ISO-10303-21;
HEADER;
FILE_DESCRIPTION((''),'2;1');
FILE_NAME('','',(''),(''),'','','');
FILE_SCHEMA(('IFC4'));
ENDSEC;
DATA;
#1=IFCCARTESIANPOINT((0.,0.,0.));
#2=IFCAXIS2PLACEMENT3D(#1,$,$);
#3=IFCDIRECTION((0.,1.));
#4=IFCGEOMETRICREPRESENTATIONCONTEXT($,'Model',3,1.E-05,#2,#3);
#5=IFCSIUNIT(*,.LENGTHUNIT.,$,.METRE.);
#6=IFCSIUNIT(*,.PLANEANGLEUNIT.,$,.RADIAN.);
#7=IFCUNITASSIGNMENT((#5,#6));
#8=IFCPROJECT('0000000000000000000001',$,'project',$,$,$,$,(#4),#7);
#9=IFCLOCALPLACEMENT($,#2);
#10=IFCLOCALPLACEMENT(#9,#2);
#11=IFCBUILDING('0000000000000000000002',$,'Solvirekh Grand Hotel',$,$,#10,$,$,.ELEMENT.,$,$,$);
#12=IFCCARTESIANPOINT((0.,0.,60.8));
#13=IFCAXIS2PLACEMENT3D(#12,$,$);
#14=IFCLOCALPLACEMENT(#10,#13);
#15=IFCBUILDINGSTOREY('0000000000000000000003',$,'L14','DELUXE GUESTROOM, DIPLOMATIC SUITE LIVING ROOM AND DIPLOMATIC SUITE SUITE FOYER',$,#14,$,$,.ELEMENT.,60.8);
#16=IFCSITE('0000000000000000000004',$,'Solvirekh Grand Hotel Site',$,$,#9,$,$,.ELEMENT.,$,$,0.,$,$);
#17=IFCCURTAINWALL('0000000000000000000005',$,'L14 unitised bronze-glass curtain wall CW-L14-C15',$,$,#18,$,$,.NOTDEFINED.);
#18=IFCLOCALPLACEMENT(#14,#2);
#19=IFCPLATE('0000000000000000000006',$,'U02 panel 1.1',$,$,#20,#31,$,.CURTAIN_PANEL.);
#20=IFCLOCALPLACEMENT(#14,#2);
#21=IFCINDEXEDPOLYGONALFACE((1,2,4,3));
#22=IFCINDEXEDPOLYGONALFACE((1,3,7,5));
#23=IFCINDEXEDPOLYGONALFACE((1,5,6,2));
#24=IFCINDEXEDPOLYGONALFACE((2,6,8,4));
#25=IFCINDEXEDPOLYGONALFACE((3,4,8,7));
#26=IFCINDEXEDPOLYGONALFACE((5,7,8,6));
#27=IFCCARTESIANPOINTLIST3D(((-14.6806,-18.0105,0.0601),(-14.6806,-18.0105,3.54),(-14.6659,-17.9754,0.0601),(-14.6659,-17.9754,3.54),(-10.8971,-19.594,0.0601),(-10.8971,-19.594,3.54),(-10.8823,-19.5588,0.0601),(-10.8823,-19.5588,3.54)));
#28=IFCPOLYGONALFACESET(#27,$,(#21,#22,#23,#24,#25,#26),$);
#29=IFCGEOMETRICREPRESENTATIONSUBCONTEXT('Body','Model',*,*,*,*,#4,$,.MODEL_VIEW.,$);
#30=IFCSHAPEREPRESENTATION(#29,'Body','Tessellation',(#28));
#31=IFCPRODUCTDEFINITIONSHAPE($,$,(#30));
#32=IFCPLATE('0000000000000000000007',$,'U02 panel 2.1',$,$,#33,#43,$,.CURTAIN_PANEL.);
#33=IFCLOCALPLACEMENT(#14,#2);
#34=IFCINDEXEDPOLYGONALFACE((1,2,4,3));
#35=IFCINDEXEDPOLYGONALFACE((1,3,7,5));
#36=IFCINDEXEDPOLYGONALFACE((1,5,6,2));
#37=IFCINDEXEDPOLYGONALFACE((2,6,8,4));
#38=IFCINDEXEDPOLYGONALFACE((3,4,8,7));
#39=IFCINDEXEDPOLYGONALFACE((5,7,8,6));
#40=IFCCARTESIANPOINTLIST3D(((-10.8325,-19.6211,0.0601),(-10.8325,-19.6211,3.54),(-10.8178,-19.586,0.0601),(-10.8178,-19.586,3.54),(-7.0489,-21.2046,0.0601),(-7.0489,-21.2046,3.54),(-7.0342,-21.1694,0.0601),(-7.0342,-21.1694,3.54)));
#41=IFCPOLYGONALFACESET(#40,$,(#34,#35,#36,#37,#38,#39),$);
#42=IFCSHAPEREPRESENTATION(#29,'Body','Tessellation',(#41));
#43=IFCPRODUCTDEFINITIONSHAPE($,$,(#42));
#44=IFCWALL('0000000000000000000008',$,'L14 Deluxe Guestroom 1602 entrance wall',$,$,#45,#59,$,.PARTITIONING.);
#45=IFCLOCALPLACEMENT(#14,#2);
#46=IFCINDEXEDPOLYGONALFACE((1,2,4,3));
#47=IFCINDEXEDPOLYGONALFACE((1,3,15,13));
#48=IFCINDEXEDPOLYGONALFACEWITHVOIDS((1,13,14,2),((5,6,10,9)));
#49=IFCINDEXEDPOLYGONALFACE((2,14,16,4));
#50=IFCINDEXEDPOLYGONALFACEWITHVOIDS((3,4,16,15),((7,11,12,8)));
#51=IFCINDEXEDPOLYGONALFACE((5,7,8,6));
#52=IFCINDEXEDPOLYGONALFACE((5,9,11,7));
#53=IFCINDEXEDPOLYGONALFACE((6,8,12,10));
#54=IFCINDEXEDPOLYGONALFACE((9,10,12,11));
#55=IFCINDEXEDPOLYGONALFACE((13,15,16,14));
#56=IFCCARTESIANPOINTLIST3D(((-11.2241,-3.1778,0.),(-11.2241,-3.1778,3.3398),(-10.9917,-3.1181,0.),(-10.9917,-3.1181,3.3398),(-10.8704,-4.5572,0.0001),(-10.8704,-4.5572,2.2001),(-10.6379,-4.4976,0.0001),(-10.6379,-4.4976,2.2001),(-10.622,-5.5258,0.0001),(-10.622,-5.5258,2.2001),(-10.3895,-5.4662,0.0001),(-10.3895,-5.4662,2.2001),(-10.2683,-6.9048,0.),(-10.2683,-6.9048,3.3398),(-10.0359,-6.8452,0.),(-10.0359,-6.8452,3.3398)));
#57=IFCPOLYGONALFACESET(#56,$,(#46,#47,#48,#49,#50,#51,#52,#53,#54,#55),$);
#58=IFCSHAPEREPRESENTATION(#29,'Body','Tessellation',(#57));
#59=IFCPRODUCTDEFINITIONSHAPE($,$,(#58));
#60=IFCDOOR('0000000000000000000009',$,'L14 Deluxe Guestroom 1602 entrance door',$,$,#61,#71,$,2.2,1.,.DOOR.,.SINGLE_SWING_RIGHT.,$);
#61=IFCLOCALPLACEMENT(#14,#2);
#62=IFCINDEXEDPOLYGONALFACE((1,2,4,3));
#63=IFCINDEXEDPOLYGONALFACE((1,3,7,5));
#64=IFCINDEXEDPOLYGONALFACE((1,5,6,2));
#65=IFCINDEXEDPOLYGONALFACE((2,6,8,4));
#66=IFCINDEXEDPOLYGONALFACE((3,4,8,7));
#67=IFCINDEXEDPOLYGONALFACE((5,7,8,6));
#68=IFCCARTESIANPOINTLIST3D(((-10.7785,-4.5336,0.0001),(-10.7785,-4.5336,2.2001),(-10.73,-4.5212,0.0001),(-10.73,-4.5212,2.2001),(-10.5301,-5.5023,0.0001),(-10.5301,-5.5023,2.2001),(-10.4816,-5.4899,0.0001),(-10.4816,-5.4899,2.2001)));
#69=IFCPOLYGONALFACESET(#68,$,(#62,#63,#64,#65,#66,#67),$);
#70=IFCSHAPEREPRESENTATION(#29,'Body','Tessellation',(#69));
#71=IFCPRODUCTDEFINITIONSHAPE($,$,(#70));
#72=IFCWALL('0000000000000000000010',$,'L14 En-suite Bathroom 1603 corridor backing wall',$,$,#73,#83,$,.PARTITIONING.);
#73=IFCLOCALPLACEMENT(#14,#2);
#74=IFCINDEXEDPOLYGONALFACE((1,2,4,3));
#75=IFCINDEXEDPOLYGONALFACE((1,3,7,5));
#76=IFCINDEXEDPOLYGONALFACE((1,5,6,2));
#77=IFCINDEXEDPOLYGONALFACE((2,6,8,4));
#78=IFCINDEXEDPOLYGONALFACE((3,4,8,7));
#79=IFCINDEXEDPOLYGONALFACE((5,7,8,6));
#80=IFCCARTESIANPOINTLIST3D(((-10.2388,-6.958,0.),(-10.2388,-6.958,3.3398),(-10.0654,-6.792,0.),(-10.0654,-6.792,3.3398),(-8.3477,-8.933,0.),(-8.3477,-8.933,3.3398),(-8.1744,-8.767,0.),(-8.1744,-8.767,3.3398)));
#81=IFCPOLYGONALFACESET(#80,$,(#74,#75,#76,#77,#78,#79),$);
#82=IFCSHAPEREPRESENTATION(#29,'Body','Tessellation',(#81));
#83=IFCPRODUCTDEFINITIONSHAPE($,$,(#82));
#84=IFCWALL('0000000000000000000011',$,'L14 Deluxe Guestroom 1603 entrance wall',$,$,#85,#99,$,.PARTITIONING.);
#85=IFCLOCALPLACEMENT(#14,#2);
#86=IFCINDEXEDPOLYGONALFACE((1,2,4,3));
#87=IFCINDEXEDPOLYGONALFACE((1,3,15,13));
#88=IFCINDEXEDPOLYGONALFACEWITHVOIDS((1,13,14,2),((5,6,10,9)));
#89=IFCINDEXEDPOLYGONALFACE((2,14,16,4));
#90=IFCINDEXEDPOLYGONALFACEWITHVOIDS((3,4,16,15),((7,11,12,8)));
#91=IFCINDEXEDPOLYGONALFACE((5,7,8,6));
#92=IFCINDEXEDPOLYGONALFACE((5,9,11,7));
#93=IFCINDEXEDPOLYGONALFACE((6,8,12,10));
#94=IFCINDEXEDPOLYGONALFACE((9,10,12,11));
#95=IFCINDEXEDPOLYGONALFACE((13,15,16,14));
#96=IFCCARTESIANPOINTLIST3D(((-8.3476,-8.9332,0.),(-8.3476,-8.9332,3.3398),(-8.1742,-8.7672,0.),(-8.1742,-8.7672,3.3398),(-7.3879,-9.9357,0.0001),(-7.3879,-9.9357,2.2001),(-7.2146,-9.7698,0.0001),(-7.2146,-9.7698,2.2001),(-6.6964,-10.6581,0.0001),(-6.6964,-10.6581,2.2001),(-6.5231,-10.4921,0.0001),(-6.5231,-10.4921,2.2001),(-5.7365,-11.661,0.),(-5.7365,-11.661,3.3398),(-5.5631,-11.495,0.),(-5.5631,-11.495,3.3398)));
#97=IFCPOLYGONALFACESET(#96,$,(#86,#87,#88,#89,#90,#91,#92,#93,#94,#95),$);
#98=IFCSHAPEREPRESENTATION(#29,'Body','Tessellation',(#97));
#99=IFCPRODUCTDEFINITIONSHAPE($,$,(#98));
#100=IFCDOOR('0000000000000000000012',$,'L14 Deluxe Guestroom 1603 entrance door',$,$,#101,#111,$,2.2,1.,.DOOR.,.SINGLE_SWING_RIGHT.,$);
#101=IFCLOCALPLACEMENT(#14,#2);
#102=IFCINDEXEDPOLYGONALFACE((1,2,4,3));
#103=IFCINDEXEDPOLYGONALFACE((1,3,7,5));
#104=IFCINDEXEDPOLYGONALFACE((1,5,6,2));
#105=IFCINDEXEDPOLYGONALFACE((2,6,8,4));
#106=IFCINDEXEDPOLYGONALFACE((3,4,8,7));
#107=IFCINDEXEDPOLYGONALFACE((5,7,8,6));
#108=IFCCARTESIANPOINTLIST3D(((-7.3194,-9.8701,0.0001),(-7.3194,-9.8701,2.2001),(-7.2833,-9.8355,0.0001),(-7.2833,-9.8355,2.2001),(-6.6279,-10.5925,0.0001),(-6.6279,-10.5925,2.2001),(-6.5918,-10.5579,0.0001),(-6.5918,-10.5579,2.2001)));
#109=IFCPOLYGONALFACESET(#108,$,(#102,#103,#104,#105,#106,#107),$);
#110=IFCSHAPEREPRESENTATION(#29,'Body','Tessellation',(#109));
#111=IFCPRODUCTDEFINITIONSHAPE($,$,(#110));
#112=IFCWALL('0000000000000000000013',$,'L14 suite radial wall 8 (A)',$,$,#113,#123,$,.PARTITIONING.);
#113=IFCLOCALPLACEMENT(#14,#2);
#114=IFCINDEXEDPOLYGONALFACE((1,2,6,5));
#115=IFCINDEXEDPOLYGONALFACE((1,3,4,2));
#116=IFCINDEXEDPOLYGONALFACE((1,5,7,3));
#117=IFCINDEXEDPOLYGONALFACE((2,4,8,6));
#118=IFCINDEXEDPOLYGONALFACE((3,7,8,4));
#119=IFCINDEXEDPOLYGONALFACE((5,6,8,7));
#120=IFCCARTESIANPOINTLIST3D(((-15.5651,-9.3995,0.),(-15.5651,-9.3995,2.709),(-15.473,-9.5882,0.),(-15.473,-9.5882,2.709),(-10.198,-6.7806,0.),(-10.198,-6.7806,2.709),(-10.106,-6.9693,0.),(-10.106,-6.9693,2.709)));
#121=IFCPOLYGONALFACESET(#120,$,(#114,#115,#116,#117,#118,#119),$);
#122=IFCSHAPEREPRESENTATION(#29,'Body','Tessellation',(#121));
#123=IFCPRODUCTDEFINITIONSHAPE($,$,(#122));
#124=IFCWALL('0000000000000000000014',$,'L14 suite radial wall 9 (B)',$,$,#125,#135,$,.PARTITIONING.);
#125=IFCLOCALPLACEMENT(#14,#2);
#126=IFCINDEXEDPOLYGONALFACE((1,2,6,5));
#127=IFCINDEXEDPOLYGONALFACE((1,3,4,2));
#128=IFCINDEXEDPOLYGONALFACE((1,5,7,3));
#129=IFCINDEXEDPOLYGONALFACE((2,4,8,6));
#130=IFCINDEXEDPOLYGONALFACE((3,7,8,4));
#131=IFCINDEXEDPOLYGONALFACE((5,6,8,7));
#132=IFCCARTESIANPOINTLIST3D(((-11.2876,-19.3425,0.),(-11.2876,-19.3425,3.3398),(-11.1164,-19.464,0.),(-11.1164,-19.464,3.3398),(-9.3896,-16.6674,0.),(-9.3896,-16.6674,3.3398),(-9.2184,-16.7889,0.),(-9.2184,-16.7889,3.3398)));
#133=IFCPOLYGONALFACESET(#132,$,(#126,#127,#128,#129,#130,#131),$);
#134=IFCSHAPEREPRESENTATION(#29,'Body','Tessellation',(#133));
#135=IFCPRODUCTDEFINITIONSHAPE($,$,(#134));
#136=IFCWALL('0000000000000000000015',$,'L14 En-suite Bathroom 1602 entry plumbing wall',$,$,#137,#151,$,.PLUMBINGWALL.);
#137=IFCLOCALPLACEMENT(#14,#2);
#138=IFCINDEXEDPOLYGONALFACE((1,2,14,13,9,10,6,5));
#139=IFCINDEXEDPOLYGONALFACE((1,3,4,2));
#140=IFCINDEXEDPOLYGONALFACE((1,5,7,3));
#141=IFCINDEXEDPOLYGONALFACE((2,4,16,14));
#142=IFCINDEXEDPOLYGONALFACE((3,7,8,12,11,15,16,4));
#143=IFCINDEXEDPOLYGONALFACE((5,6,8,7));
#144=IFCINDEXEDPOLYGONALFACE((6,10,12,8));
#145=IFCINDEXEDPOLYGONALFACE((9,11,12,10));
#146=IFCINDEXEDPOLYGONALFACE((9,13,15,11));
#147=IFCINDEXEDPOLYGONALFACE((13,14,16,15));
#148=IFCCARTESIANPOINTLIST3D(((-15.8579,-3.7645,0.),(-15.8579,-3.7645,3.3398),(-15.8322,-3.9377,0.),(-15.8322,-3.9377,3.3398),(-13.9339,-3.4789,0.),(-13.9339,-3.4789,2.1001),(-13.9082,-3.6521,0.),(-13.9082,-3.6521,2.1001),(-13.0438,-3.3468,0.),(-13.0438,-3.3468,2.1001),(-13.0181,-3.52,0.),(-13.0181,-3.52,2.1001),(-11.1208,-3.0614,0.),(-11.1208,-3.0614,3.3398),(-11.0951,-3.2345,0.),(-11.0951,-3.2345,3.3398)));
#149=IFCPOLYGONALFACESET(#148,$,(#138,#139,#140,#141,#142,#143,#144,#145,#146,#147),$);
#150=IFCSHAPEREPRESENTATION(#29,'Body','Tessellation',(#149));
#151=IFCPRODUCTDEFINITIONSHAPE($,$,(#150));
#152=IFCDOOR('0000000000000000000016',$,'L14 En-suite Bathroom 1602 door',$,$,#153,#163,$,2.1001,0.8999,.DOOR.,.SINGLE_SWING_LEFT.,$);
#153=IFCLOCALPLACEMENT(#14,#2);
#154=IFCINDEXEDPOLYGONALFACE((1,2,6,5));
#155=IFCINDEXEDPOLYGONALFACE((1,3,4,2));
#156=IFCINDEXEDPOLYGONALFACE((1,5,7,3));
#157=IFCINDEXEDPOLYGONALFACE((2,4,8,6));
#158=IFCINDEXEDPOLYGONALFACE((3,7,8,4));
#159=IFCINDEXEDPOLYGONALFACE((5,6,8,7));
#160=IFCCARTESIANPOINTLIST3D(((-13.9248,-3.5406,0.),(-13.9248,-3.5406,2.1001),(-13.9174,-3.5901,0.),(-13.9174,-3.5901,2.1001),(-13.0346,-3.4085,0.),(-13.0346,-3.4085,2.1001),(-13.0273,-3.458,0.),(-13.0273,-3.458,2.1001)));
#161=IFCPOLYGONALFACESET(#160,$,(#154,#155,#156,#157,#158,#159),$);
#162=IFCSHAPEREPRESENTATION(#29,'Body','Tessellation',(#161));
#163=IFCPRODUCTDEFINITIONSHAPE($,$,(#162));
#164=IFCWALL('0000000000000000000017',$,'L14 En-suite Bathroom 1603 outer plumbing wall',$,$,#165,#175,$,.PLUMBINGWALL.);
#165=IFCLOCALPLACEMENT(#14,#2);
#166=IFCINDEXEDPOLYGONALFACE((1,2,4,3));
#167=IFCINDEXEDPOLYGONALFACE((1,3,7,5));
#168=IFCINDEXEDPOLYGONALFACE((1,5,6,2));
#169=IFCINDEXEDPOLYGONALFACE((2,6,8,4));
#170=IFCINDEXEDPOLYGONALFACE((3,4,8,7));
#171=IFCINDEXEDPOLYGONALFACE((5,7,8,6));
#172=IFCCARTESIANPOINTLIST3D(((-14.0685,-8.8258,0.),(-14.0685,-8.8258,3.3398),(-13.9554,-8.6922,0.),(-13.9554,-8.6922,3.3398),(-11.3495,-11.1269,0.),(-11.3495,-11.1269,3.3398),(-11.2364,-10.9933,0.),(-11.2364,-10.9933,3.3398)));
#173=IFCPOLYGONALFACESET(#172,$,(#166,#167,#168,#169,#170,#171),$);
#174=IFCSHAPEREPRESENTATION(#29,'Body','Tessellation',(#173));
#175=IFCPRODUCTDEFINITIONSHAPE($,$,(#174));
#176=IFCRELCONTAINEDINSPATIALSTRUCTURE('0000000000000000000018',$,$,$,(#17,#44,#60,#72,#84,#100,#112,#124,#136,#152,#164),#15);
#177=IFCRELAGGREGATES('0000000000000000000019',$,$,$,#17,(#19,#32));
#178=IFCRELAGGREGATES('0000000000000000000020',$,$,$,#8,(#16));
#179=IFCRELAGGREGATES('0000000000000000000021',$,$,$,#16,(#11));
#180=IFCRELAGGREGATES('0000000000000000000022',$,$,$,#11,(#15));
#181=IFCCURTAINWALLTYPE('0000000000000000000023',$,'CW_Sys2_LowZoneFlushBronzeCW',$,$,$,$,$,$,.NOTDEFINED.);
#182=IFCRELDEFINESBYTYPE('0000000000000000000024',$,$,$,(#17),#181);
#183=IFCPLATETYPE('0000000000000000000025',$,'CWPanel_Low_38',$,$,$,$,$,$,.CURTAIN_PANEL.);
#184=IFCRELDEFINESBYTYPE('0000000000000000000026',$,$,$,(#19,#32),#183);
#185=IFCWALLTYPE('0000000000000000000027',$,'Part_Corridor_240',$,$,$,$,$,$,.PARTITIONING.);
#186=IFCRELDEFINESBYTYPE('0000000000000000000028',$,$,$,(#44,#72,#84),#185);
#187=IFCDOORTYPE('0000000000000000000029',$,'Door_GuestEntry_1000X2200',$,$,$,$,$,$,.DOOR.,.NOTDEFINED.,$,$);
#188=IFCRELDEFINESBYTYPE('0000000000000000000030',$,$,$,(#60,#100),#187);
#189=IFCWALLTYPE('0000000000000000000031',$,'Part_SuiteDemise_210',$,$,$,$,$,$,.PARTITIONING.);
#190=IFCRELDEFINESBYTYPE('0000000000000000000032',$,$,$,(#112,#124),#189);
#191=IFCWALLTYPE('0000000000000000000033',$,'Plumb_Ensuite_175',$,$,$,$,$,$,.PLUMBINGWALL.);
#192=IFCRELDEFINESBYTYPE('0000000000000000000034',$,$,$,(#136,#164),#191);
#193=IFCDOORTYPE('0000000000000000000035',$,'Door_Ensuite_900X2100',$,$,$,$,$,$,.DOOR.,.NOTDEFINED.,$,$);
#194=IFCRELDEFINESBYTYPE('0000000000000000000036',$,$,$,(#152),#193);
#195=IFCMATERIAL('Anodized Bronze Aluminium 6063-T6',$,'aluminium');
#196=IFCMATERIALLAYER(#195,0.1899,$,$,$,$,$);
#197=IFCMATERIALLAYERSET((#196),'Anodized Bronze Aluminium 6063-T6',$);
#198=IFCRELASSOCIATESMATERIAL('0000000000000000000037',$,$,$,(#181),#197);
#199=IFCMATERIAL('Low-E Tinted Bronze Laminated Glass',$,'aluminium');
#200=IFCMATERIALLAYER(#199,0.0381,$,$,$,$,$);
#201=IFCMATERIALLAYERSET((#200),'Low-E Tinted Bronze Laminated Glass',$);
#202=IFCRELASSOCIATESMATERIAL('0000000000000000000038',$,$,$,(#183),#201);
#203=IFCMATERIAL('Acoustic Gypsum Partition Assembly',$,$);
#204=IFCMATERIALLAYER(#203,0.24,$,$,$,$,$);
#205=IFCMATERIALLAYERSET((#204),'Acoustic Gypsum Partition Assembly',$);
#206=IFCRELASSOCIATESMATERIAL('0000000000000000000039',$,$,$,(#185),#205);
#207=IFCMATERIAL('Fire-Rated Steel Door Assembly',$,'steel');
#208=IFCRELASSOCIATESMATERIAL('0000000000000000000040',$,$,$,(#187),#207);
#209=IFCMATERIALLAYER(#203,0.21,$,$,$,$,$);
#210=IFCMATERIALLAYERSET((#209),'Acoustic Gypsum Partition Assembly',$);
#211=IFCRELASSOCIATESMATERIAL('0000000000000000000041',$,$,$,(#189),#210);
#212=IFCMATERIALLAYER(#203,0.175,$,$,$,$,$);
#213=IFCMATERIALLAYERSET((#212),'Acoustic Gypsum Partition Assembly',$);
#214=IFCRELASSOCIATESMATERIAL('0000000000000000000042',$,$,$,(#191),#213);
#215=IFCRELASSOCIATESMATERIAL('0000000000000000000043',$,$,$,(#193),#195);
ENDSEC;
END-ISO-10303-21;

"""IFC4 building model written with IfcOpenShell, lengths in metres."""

from ifc_helpers import new_model, si_unit, direction, frame, frame_2d, origin, origin_2d, place, context, subcontext, project, spatial, rectangle, extrude, source, transform, mapped, material, layer, layer_set, type_object, element, fill, aggregate, save


model = new_model("IFC4")

# Units and contexts
model_context = context("Model", 3, precision=1e-05, world=origin(), true_north=direction((0.0, 1.0)))
body_context = subcontext(model_context, "Body", "Model", "MODEL_VIEW")
ifc_project = project(units=[si_unit("LENGTHUNIT", "METRE"), si_unit("PLANEANGLEUNIT", "RADIAN")], contexts=[model_context])

# Site, building, storey
site_placement = place(None, origin())
site = spatial("IfcSite", under=ifc_project, at=site_placement, Name="Solvirekh Grand Hotel Site", CompositionType="ELEMENT", RefElevation=0.0)
building_placement = place(site_placement, origin())
building = spatial("IfcBuilding", under=site, at=building_placement, Name="Solvirekh Grand Hotel", CompositionType="ELEMENT")
storey_placement = place(building_placement, frame((0.0, 0.0, 60.8)))
storey = spatial("IfcBuildingStorey", under=building, at=storey_placement, Name="L14", Description="DELUXE GUESTROOM, DIPLOMATIC SUITE LIVING ROOM AND DIPLOMATIC SUITE SUITE FOYER", CompositionType="ELEMENT", Elevation=60.8)

# Curtain wall, plates
ifc_material_1 = material(Name="Anodized Bronze Aluminium 6063-T6", Category="aluminium")
ifc_layer_1 = layer(ifc_material_1, 0.1899)
ifc_layer_set_1 = layer_set([ifc_layer_1], Name="Anodized Bronze Aluminium 6063-T6")
curtain_wall_type = type_object("IfcCurtainWallType", Name="CW_Sys2_LowZoneFlushBronzeCW", PredefinedType="NOTDEFINED", material=ifc_layer_set_1)
curtain_wall_placement = place(storey_placement, origin())
curtain_wall = element("IfcCurtainWall", 1, at=curtain_wall_placement, inside=storey, type_object=curtain_wall_type, Name="L14 unitised bronze-glass curtain wall CW-L14-C15", PredefinedType="NOTDEFINED")
ifc_material_2 = material(Name="Low-E Tinted Bronze Laminated Glass", Category="aluminium")
ifc_layer_2 = layer(ifc_material_2, 0.0381)
ifc_layer_set_2 = layer_set([ifc_layer_2], Name="Low-E Tinted Bronze Laminated Glass")
plate_type = type_object("IfcPlateType", Name="CWPanel_Low_38", PredefinedType="CURTAIN_PANEL", material=ifc_layer_set_2)
shared_shape_1 = source(origin(), body_context, "Body", "SweptSolid", [
    extrude(rectangle(XDim=4.1016, YDim=0.0381, at=origin_2d()), origin(), (0.0, 0.0, 1.0), 3.48),
])
plate_1_placement = place(storey_placement, frame((-12.7815, -18.7847, 0.0601), z_axis=(0.0, 0.0, 1.0), x_axis=(0.922474, -0.386058, 0.0)))
plate_1 = element("IfcPlate", 2, at=plate_1_placement, type_object=plate_type, Name="U02 panel 1.1", PredefinedType="CURTAIN_PANEL", context=body_context, shape_type="MappedRepresentation", body=[
    mapped(shared_shape_1, transform((0.0, 0.0, 0.0), x_axis=(1.0, 0.0, 0.0), y_axis=(0.0, 1.0, 0.0), z_axis=(0.0, 0.0, 1.0), scale=1.0)),
])
plate_2_placement = place(storey_placement, frame((-8.9333, -20.3953, 0.0601), z_axis=(0.0, 0.0, 1.0), x_axis=(0.922474, -0.386058, 0.0)))
plate_2 = element("IfcPlate", 3, at=plate_2_placement, type_object=plate_type, Name="U02 panel 2.1", PredefinedType="CURTAIN_PANEL", context=body_context, shape_type="MappedRepresentation", body=[
    mapped(shared_shape_1, transform((0.0, 0.0, 0.0), x_axis=(1.0, 0.0, 0.0), y_axis=(0.0, 1.0, 0.0), z_axis=(0.0, 0.0, 1.0), scale=1.0)),
])
aggregate(curtain_wall, [plate_1, plate_2])

# Wall, opening, door
ifc_material_3 = material(Name="Acoustic Gypsum Partition Assembly")
ifc_layer_3 = layer(ifc_material_3, 0.24)
ifc_layer_set_3 = layer_set([ifc_layer_3], Name="Acoustic Gypsum Partition Assembly")
wall_type_1 = type_object("IfcWallType", Name="Part_Corridor_240", PredefinedType="PARTITIONING", material=ifc_layer_set_3)
wall_1_placement = place(storey_placement, frame((-11.1079, -3.1479, 0.0), z_axis=(0.0, 0.0, 1.0), x_axis=(0.248414, -0.968654, 0.0)))
wall_1 = element("IfcWall", 4, at=wall_1_placement, inside=storey, type_object=wall_type_1, Name="L14 Deluxe Guestroom 1602 entrance wall", PredefinedType="PARTITIONING", context=body_context, shape_type="SweptSolid", body=[
    extrude(rectangle(XDim=3.8477, YDim=0.24, at=frame_2d((1.9238, 0.0))), origin(), (0.0, 0.0, 1.0), 3.3398),
])
opening_1_placement = place(wall_1_placement, frame((1.4241, 0.0, 0.0)))
opening_1 = element("IfcOpeningElement", 5, at=opening_1_placement, cuts=wall_1, PredefinedType="OPENING", context=body_context, shape_type="SweptSolid", body=[
    extrude(rectangle(XDim=1.0, YDim=2.2, at=frame_2d((0.5, 1.1001))), frame((0.0, 0.1299, 0.0), z_axis=(0.0, -1.0, 0.0), x_axis=(1.0, 0.0, 0.0)), (0.0, 0.0, 1.0), 0.26),
])
ifc_material_4 = material(Name="Fire-Rated Steel Door Assembly", Category="steel")
door_type_1 = type_object("IfcDoorType", Name="Door_GuestEntry_1000X2200", OperationType="NOTDEFINED", PredefinedType="DOOR", material=ifc_material_4)
door_1_placement = place(opening_1_placement, origin())
door_1 = element("IfcDoor", 6, at=door_1_placement, inside=storey, type_object=door_type_1, Name="L14 Deluxe Guestroom 1602 entrance door", OperationType="SINGLE_SWING_RIGHT", OverallHeight=2.2, OverallWidth=1.0, PredefinedType="DOOR", context=body_context, shape_type="SweptSolid", body=[
    extrude(rectangle(XDim=1.0, YDim=2.2, at=frame_2d((0.5, 1.1001))), frame((0.0, 0.0249, 0.0), z_axis=(0.0, -1.0, 0.0), x_axis=(1.0, 0.0, 0.0)), (0.0, 0.0, 1.0), 0.05),
])
fill(opening_1, door_1)

# Wall
wall_2_placement = place(storey_placement, frame((-10.1521, -6.875, 0.0), z_axis=(0.0, 0.0, 1.0), x_axis=(0.691583, -0.722297, 0.0)))
element("IfcWall", 7, at=wall_2_placement, inside=storey, type_object=wall_type_1, Name="L14 En-suite Bathroom 1603 corridor backing wall", PredefinedType="PARTITIONING", context=body_context, shape_type="SweptSolid", body=[
    extrude(rectangle(XDim=2.7344, YDim=0.24, at=frame_2d((1.3672, 0.0))), origin(), (0.0, 0.0, 1.0), 3.3398),
])

# Wall, opening, door
wall_3_placement = place(storey_placement, frame((-8.261, -8.8501, 0.0), z_axis=(0.0, 0.0, 1.0), x_axis=(0.691485, -0.72239, 0.0)))
wall_3 = element("IfcWall", 8, at=wall_3_placement, inside=storey, type_object=wall_type_1, Name="L14 Deluxe Guestroom 1603 entrance wall", PredefinedType="PARTITIONING", context=body_context, shape_type="SweptSolid", body=[
    extrude(rectangle(XDim=3.7761, YDim=0.24, at=frame_2d((1.8882, 0.0))), origin(), (0.0, 0.0, 1.0), 3.3398),
])
opening_2_placement = place(wall_3_placement, frame((1.3879, 0.0, 0.0)))
opening_2 = element("IfcOpeningElement", 9, at=opening_2_placement, cuts=wall_3, PredefinedType="OPENING", context=body_context, shape_type="SweptSolid", body=[
    extrude(rectangle(XDim=1.0, YDim=2.2, at=frame_2d((0.5, 1.1001))), frame((0.0, 0.1299, 0.0), z_axis=(0.0, -1.0, 0.0), x_axis=(1.0, 0.0, 0.0)), (0.0, 0.0, 1.0), 0.26),
])
door_2_placement = place(opening_2_placement, origin())
door_2 = element("IfcDoor", 10, at=door_2_placement, inside=storey, type_object=door_type_1, Name="L14 Deluxe Guestroom 1603 entrance door", OperationType="SINGLE_SWING_RIGHT", OverallHeight=2.2, OverallWidth=1.0, PredefinedType="DOOR", context=body_context, shape_type="SweptSolid", body=[
    extrude(rectangle(XDim=1.0, YDim=2.2, at=frame_2d((0.5, 1.1001))), frame((0.0, 0.0249, 0.0), z_axis=(0.0, -1.0, 0.0), x_axis=(1.0, 0.0, 0.0)), (0.0, 0.0, 1.0), 0.05),
])
fill(opening_2, door_2)

# Walls
ifc_layer_4 = layer(ifc_material_3, 0.21)
ifc_layer_set_4 = layer_set([ifc_layer_4], Name="Acoustic Gypsum Partition Assembly")
wall_type_2 = type_object("IfcWallType", Name="Part_SuiteDemise_210", PredefinedType="PARTITIONING", material=ifc_layer_set_4)
wall_4_placement = place(storey_placement, frame((-10.1521, -6.875, 0.0), z_axis=(0.0, 0.0, 1.0), x_axis=(-0.898711, -0.438542, 0.0)))
element("IfcWall", 11, at=wall_4_placement, inside=storey, type_object=wall_type_2, Name="L14 suite radial wall 8 (A)", PredefinedType="PARTITIONING", context=body_context, shape_type="SweptSolid", body=[
    extrude(rectangle(XDim=5.9719, YDim=0.21, at=frame_2d((2.9858, 0.0))), origin(), (0.0, 0.0, 1.0), 2.709),
])
wall_5_placement = place(storey_placement, frame((-9.304, -16.728, 0.0), z_axis=(0.0, 0.0, 1.0), x_axis=(-0.578651, -0.815575, 0.0)))
element("IfcWall", 12, at=wall_5_placement, inside=storey, type_object=wall_type_2, Name="L14 suite radial wall 9 (B)", PredefinedType="PARTITIONING", context=body_context, shape_type="SweptSolid", body=[
    extrude(rectangle(XDim=3.28, YDim=0.21, at=frame_2d((1.6401, 0.0))), origin(), (0.0, 0.0, 1.0), 3.3398),
])

# Wall, opening, door
ifc_layer_5 = layer(ifc_material_3, 0.175)
ifc_layer_set_5 = layer_set([ifc_layer_5], Name="Acoustic Gypsum Partition Assembly")
wall_type_3 = type_object("IfcWallType", Name="Plumb_Ensuite_175", PredefinedType="PLUMBINGWALL", material=ifc_layer_set_5)
wall_6_placement = place(storey_placement, frame((-11.1079, -3.1479, 0.0), z_axis=(0.0, 0.0, 1.0), x_axis=(-0.989163, -0.146822, 0.0)))
wall_6 = element("IfcWall", 13, at=wall_6_placement, inside=storey, type_object=wall_type_3, Name="L14 En-suite Bathroom 1602 entry plumbing wall", PredefinedType="PLUMBINGWALL", context=body_context, shape_type="SweptSolid", body=[
    extrude(rectangle(XDim=4.7891, YDim=0.175, at=frame_2d((2.3945, 0.0))), origin(), (0.0, 0.0, 1.0), 3.3398),
])
opening_3_placement = place(wall_6_placement, frame((1.9441, 0.0, 0.0)))
opening_3 = element("IfcOpeningElement", 14, at=opening_3_placement, cuts=wall_6, PredefinedType="OPENING", context=body_context, shape_type="SweptSolid", body=[
    extrude(rectangle(XDim=0.8999, YDim=2.1001, at=frame_2d((0.45, 1.05))), frame((0.0, 0.0977, 0.0), z_axis=(0.0, -1.0, 0.0), x_axis=(1.0, 0.0, 0.0)), (0.0, 0.0, 1.0), 0.1951),
])
door_type_2 = type_object("IfcDoorType", Name="Door_Ensuite_900X2100", OperationType="NOTDEFINED", PredefinedType="DOOR", material=ifc_material_1)
door_3_placement = place(opening_3_placement, origin())
door_3 = element("IfcDoor", 15, at=door_3_placement, inside=storey, type_object=door_type_2, Name="L14 En-suite Bathroom 1602 door", OperationType="SINGLE_SWING_LEFT", OverallHeight=2.1001, OverallWidth=0.8999, PredefinedType="DOOR", context=body_context, shape_type="SweptSolid", body=[
    extrude(rectangle(XDim=0.8999, YDim=2.1001, at=frame_2d((0.45, 1.05))), frame((0.0, 0.0249, 0.0), z_axis=(0.0, -1.0, 0.0), x_axis=(1.0, 0.0, 0.0)), (0.0, 0.0, 1.0), 0.05),
])
fill(opening_3, door_3)

# Wall
wall_7_placement = place(storey_placement, frame((-14.012, -8.759, 0.0), z_axis=(0.0, 0.0, 1.0), x_axis=(0.763339, -0.645998, 0.0)))
element("IfcWall", 16, at=wall_7_placement, inside=storey, type_object=wall_type_3, Name="L14 En-suite Bathroom 1603 outer plumbing wall", PredefinedType="PLUMBINGWALL", context=body_context, shape_type="SweptSolid", body=[
    extrude(rectangle(XDim=3.562, YDim=0.175, at=frame_2d((1.781, 0.0))), origin(), (0.0, 0.0, 1.0), 3.3398),
])

save(model, "model.ifc")
